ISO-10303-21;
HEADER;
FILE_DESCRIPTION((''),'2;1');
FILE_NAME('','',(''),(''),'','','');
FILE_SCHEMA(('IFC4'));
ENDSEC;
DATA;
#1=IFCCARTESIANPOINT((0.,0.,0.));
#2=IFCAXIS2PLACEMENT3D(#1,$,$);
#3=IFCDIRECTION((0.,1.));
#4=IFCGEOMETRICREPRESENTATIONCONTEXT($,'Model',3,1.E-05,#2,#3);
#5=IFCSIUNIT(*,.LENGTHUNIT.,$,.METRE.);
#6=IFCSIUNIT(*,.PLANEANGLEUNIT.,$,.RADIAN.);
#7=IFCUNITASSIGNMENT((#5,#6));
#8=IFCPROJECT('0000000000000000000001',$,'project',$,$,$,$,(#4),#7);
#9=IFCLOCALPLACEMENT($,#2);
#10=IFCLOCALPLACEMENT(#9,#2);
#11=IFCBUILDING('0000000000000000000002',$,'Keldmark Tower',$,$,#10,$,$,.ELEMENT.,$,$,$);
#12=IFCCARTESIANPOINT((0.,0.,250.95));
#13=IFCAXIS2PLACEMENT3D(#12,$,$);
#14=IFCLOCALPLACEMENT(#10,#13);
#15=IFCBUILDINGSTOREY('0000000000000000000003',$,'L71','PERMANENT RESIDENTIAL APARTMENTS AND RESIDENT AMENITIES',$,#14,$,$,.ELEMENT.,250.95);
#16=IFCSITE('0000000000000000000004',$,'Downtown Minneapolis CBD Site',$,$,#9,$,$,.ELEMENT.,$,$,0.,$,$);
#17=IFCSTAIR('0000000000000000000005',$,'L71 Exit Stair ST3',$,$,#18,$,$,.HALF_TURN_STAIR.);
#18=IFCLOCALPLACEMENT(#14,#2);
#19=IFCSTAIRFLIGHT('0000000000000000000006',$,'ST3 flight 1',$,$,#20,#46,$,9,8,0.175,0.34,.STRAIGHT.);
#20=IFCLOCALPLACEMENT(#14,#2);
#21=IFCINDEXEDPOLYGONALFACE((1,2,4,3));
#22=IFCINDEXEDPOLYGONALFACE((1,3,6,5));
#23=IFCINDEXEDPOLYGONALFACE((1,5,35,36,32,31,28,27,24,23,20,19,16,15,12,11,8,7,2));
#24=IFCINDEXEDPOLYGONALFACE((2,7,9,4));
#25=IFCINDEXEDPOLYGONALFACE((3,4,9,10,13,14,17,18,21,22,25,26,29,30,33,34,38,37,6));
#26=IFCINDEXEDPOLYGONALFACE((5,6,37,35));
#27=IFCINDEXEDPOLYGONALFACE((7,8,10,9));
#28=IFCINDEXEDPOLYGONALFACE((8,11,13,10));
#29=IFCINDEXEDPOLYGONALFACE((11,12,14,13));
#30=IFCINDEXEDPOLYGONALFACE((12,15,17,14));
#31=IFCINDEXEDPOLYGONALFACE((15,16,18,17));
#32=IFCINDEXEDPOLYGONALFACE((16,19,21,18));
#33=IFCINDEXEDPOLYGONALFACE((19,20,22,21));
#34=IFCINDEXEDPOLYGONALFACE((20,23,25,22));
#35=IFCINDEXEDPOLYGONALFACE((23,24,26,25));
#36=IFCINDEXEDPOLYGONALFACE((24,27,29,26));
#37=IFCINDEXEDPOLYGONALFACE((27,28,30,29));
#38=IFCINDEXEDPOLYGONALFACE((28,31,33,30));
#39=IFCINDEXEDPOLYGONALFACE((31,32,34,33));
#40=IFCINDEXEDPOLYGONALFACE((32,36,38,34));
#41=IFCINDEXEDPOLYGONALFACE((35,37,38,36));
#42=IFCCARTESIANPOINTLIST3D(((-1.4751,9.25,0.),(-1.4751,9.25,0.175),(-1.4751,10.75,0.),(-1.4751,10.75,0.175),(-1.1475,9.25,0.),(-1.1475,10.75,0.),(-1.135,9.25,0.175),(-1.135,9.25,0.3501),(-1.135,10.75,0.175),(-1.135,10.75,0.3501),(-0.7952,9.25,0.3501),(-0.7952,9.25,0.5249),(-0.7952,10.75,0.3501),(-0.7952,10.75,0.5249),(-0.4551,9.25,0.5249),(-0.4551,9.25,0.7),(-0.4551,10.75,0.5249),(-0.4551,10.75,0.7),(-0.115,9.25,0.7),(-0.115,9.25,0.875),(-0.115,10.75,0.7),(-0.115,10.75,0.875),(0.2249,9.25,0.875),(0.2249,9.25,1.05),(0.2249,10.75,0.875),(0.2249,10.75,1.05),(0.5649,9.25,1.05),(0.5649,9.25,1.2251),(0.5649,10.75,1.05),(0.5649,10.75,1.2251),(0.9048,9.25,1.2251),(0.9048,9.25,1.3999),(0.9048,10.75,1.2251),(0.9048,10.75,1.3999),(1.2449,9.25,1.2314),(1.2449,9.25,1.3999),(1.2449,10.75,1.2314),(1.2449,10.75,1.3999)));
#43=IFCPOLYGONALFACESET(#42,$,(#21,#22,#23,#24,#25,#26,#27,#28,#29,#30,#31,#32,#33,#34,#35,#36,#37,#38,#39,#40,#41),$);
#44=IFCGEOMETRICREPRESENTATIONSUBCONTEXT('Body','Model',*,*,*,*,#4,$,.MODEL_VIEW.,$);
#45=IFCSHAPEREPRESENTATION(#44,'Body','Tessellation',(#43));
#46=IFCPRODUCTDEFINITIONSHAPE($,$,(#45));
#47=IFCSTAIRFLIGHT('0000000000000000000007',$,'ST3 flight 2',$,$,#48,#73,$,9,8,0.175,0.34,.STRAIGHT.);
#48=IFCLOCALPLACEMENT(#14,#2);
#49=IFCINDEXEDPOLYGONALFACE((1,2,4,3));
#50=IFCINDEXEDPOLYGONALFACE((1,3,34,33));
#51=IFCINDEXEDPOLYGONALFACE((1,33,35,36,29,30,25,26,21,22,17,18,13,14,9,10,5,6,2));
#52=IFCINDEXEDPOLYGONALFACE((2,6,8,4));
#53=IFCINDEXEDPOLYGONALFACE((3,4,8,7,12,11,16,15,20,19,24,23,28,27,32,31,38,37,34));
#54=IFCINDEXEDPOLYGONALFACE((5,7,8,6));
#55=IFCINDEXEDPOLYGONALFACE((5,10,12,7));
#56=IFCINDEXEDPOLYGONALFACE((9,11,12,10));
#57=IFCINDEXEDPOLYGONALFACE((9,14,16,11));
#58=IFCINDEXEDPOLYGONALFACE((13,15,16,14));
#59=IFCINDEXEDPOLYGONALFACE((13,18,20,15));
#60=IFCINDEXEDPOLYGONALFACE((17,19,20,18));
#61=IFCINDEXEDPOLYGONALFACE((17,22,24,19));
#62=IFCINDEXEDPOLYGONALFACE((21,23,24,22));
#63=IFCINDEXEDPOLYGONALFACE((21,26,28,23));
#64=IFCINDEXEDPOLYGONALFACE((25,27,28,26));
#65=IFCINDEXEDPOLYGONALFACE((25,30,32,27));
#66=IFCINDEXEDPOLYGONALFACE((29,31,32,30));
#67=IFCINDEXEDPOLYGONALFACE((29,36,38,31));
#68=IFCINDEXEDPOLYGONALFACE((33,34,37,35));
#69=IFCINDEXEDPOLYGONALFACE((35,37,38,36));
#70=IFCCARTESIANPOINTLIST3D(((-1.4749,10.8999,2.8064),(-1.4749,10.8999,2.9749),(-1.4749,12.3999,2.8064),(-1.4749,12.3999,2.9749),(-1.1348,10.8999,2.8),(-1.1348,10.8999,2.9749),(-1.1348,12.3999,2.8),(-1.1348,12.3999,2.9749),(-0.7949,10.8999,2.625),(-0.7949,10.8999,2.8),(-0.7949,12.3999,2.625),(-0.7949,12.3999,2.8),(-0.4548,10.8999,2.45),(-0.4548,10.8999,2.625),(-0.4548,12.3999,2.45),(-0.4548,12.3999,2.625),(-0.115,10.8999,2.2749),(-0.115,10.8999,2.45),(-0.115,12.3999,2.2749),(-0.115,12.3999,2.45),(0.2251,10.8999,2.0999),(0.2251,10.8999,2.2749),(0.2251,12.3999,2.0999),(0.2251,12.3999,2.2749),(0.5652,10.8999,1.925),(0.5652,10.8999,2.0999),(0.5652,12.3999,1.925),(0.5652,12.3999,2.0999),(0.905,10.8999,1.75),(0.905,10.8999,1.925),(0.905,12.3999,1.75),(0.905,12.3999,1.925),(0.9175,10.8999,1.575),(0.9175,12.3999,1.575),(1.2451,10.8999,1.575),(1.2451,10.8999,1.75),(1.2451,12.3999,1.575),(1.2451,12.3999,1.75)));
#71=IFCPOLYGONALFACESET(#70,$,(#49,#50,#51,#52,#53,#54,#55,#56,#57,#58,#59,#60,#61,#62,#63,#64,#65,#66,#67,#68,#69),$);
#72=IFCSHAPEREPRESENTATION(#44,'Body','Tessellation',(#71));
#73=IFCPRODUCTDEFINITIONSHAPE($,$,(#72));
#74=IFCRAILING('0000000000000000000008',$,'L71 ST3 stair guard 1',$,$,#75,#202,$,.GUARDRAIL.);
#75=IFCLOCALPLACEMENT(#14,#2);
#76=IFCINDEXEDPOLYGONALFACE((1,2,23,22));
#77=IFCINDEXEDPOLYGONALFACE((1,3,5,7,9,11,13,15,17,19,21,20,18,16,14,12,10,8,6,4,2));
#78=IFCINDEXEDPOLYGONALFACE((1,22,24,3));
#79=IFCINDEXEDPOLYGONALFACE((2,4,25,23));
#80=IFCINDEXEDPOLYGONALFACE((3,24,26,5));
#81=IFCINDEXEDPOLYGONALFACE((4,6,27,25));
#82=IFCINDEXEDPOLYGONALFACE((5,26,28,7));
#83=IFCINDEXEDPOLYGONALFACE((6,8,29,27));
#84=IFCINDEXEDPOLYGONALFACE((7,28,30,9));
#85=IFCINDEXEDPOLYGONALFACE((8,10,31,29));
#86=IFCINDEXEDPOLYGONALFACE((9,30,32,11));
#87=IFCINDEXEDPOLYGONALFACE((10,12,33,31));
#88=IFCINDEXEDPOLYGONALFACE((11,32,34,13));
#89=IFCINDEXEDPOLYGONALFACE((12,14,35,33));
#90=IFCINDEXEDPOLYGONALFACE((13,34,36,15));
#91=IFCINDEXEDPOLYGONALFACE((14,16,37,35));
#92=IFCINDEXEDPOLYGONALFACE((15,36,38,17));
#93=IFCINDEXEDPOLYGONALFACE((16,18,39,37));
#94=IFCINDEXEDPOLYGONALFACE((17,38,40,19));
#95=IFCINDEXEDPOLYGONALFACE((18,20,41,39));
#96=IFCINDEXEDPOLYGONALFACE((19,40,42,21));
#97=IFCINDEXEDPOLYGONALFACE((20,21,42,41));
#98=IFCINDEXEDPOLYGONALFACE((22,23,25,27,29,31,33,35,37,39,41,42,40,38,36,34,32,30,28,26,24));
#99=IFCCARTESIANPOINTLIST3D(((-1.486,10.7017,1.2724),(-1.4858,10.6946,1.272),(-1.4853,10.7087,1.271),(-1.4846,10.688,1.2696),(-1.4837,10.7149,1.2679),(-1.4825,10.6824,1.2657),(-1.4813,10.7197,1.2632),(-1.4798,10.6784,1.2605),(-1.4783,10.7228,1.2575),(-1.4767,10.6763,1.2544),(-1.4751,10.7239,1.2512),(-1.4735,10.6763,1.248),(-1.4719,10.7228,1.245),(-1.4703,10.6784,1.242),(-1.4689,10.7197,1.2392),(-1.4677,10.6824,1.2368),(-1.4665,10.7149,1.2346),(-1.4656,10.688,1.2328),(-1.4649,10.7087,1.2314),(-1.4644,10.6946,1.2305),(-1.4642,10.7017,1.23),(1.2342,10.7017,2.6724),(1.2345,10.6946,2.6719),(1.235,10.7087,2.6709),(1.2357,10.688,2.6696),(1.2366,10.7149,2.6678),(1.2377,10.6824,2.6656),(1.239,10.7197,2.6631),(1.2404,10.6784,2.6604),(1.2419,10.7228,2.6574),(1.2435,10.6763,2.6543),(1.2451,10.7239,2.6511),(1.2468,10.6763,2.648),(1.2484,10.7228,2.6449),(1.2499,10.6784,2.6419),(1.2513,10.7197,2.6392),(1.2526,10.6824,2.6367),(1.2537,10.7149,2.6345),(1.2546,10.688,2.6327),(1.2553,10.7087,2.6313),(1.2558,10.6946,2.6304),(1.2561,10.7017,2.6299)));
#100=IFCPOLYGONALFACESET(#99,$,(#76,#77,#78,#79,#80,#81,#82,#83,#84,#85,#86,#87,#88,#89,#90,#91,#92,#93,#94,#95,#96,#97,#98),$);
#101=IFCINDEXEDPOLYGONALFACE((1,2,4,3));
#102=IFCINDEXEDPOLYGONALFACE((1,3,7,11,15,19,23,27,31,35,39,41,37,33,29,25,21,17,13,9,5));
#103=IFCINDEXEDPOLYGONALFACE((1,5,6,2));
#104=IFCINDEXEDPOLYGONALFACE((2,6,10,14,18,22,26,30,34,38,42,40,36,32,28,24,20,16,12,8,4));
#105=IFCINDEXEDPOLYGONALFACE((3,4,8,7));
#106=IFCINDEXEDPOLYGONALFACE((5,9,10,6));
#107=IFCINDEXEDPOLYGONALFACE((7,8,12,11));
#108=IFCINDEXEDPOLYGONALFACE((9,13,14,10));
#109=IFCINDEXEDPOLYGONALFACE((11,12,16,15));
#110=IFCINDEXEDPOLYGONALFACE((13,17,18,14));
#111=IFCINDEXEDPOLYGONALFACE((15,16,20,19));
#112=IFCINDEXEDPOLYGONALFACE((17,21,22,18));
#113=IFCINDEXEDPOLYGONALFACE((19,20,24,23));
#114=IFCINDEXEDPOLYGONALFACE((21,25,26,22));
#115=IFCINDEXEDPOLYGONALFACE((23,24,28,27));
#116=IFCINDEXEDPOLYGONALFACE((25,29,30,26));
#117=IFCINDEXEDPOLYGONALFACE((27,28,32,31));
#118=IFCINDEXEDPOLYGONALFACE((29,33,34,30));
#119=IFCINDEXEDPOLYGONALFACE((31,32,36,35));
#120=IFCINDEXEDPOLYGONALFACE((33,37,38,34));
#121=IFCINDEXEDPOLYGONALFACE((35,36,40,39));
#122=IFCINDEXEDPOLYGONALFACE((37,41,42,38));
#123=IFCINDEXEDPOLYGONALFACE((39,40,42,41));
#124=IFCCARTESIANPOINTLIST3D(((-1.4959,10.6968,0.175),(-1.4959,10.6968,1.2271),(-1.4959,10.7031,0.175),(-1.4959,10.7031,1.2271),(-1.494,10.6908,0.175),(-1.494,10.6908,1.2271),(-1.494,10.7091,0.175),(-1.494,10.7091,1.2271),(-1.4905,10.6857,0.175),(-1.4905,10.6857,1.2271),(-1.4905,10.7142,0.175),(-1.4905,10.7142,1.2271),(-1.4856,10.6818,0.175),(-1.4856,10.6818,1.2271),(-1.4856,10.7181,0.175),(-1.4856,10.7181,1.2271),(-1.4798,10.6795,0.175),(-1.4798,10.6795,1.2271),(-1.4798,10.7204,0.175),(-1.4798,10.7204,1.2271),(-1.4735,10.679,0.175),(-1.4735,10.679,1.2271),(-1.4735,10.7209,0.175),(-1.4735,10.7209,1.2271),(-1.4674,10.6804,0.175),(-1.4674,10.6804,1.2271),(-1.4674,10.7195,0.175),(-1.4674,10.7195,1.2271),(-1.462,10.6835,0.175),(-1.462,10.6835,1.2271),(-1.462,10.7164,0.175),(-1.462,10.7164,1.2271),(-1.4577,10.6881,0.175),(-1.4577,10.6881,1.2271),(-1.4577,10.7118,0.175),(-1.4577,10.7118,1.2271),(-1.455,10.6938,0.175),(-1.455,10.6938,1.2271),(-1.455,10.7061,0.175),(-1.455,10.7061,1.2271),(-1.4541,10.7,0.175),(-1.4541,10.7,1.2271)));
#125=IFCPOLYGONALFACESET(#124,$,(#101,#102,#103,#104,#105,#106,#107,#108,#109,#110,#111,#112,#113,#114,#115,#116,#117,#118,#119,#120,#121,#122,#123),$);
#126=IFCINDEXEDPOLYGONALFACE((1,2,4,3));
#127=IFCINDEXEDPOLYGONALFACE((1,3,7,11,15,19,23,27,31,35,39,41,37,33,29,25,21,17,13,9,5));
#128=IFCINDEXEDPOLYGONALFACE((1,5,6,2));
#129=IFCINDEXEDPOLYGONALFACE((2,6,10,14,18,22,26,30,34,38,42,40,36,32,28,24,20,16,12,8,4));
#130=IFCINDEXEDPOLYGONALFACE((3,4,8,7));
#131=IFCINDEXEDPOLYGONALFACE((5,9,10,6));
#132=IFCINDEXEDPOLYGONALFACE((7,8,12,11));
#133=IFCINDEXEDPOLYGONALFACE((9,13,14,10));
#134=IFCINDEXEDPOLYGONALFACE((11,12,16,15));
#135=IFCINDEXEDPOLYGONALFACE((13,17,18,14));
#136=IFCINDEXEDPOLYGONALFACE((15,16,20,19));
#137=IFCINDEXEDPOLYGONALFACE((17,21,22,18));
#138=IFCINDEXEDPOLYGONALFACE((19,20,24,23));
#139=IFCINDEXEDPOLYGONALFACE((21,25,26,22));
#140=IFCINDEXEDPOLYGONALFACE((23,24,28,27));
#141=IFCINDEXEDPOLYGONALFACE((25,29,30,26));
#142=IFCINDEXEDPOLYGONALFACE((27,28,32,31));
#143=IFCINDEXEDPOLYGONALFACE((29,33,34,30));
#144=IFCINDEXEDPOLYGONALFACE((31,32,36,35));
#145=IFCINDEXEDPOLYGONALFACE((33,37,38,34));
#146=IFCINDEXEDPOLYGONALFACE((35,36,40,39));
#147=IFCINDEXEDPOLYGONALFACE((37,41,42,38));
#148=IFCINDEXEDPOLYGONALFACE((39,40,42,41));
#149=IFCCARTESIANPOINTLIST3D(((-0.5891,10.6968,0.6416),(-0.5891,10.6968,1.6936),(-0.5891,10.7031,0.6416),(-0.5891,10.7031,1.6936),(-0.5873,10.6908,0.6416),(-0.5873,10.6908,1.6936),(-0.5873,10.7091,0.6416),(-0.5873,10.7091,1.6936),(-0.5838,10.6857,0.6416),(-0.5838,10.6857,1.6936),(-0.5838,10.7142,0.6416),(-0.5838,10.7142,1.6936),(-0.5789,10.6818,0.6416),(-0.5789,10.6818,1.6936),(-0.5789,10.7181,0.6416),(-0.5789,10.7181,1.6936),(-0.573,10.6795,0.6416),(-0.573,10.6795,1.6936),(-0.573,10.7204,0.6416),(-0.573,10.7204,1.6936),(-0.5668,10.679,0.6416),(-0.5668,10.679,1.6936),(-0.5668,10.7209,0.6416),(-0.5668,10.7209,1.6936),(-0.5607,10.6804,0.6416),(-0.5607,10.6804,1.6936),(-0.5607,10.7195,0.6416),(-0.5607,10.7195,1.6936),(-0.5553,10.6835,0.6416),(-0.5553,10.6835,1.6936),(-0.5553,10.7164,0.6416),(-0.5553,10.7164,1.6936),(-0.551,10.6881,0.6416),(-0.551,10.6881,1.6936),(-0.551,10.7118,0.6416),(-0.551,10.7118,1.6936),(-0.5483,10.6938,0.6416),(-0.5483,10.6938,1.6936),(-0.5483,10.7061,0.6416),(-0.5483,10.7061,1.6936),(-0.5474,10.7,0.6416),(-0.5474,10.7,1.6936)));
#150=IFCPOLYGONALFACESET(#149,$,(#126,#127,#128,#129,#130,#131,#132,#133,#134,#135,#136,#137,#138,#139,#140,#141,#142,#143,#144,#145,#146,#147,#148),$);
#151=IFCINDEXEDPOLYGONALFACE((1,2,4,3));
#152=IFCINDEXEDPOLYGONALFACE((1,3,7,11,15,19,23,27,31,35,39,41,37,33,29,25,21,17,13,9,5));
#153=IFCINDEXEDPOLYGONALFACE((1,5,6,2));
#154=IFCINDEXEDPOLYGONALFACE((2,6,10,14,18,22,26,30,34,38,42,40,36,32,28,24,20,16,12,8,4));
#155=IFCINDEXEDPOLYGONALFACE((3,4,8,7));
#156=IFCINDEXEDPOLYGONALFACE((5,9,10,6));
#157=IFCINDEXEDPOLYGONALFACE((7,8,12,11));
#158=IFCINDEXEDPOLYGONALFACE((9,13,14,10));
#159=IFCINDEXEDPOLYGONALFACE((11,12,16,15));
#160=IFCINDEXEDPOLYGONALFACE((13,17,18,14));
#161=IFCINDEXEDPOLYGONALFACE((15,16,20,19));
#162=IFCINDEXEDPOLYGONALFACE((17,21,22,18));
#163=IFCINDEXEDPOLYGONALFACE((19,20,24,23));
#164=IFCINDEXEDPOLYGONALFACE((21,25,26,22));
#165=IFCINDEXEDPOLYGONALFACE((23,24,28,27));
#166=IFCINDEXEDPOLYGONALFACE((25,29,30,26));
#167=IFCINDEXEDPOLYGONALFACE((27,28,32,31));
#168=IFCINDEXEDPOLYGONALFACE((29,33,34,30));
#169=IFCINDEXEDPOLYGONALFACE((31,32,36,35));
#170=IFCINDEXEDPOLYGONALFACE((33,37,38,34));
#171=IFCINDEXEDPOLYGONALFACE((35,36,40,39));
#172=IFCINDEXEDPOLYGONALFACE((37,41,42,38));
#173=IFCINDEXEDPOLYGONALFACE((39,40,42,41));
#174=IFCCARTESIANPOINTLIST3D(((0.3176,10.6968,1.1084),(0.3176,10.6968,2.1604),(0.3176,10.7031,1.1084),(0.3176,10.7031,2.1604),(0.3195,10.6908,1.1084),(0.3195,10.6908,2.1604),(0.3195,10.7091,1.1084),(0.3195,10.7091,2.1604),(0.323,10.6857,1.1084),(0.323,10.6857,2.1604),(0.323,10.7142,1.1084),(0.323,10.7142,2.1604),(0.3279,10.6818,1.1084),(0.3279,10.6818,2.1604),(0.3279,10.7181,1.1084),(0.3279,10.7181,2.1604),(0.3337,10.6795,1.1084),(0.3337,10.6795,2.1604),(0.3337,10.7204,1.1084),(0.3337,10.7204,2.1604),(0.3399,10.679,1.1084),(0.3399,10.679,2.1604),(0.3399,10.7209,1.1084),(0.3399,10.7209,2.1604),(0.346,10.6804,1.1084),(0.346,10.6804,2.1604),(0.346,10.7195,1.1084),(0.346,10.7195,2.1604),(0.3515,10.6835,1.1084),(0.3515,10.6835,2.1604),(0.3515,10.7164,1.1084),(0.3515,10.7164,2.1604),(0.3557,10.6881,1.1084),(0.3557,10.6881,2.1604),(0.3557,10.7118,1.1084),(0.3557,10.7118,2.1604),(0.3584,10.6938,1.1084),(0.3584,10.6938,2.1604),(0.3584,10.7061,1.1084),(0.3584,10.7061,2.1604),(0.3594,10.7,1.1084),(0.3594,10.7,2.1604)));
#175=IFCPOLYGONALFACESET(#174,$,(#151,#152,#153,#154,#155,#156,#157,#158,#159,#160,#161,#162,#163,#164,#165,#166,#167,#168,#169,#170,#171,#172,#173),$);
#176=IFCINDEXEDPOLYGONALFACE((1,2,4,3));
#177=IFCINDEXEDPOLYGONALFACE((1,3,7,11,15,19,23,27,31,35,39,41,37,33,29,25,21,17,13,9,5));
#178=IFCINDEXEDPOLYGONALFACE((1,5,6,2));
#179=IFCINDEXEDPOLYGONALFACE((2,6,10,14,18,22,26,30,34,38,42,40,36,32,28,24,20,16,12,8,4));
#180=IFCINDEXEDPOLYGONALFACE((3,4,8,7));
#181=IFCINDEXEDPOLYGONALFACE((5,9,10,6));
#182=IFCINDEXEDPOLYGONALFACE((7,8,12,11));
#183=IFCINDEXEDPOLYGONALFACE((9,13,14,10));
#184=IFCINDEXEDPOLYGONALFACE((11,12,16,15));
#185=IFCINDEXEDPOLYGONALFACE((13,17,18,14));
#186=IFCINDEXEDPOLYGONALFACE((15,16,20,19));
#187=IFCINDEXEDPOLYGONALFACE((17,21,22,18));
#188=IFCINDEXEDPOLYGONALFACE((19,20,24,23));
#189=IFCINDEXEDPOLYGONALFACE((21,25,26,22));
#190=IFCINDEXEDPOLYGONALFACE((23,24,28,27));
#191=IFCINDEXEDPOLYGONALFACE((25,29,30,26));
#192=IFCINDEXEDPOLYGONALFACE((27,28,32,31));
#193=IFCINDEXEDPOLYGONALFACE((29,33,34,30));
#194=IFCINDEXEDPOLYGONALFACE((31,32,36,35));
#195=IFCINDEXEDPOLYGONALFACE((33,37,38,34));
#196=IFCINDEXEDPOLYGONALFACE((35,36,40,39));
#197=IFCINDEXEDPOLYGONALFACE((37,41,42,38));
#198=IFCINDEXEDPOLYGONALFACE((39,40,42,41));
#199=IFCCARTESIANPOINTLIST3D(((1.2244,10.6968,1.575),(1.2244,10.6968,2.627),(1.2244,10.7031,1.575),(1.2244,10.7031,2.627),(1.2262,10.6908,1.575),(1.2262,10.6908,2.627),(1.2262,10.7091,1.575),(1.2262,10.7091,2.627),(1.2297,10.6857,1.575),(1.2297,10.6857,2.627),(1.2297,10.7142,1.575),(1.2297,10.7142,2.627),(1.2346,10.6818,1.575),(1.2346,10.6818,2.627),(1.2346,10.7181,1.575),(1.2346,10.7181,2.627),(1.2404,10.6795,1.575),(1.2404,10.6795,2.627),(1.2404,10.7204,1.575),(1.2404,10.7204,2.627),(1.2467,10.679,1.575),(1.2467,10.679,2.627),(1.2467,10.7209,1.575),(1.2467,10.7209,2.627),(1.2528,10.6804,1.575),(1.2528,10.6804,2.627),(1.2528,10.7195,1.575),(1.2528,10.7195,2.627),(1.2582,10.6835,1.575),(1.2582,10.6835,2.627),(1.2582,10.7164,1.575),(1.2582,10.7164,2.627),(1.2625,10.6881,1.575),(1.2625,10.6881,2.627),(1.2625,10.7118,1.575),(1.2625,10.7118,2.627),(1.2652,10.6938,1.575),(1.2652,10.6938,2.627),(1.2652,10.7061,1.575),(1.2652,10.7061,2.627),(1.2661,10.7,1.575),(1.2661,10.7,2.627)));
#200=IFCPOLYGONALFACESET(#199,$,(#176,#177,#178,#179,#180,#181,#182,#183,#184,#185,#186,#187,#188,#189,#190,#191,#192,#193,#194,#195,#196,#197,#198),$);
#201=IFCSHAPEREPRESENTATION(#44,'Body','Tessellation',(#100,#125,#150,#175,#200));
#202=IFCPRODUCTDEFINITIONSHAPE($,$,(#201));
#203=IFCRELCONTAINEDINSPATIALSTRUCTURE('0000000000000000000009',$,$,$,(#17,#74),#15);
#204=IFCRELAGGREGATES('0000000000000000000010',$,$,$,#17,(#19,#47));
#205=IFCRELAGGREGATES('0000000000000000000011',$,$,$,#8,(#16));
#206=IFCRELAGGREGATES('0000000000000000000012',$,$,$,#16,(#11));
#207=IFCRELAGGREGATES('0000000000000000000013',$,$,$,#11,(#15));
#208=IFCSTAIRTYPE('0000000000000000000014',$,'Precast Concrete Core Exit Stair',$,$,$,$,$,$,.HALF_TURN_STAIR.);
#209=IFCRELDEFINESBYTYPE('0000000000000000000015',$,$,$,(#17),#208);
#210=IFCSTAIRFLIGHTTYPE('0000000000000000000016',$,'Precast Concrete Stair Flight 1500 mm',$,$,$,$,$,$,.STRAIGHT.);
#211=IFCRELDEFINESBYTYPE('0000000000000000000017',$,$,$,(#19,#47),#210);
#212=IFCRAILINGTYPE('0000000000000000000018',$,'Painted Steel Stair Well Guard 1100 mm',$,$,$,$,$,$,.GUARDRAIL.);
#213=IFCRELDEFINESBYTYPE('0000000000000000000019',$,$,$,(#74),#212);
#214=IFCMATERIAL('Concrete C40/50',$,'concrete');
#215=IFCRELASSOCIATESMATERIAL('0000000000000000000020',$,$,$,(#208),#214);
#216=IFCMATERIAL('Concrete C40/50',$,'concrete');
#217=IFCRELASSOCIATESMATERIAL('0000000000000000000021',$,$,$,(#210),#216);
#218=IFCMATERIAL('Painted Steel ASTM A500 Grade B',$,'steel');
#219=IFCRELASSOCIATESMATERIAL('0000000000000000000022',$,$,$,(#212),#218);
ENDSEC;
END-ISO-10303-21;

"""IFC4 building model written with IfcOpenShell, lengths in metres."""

from ifc_helpers import new_model, si_unit, direction, frame, origin, origin_2d, place, context, subcontext, project, spatial, polyline, circle, outline, extrude, material, type_object, element, aggregate, save


model = new_model("IFC4")

# Units and contexts
model_context = context("Model", 3, precision=1e-05, world=origin(), true_north=direction((0.0, 1.0)))
body_context = subcontext(model_context, "Body", "Model", "MODEL_VIEW")
ifc_project = project(units=[si_unit("LENGTHUNIT", "METRE"), si_unit("PLANEANGLEUNIT", "RADIAN")], contexts=[model_context])

# Site, building, storey
site_placement = place(None, origin())
site = spatial("IfcSite", under=ifc_project, at=site_placement, Name="Downtown Minneapolis CBD Site", CompositionType="ELEMENT", RefElevation=0.0)
building_placement = place(site_placement, origin())
building = spatial("IfcBuilding", under=site, at=building_placement, Name="Keldmark Tower", CompositionType="ELEMENT")
storey_placement = place(building_placement, frame((0.0, 0.0, 250.95)))
storey = spatial("IfcBuildingStorey", under=building, at=storey_placement, Name="L71", Description="PERMANENT RESIDENTIAL APARTMENTS AND RESIDENT AMENITIES", CompositionType="ELEMENT", Elevation=250.95)

# Stair, stair flights
ifc_material_1 = material(Name="Concrete C40/50", Category="concrete")
stair_type = type_object("IfcStairType", Name="Precast Concrete Core Exit Stair", PredefinedType="HALF_TURN_STAIR", material=ifc_material_1)
stair_placement = place(storey_placement, origin())
stair = element("IfcStair", 1, at=stair_placement, inside=storey, type_object=stair_type, Name="L71 Exit Stair ST3", PredefinedType="HALF_TURN_STAIR")
ifc_material_2 = material(Name="Concrete C40/50", Category="concrete")
stair_flight_type = type_object("IfcStairFlightType", Name="Precast Concrete Stair Flight 1500 mm", PredefinedType="STRAIGHT", material=ifc_material_2)
stair_flight_1_placement = place(storey_placement, frame((-1.4751, 10.0, 0.0), z_axis=(0.0, 0.0, 1.0), x_axis=(1.0, 0.0, 0.0)))
stair_flight_1 = element("IfcStairFlight", 2, at=stair_flight_1_placement, type_object=stair_flight_type, Name="ST3 flight 1", NumberOfRisers=9, NumberOfTreads=8, PredefinedType="STRAIGHT", RiserHeight=0.175, TreadLength=0.34, context=body_context, shape_type="SweptSolid", body=[
    extrude(outline(polyline([(0.0, 0.0), (0.0, 0.175), (0.3401, 0.175), (0.3401, 0.3501), (0.6799, 0.3501), (0.6799, 0.5249), (1.02, 0.5249), (1.02, 0.7), (1.3601, 0.7), (1.3601, 0.875), (1.7, 0.875), (1.7, 1.05), (2.04, 1.05), (2.04, 1.2251), (2.3799, 1.2251), (2.3799, 1.3999), (2.72, 1.3999), (2.72, 1.575), (2.72, 1.2314), (0.3276, 0.0), (0.0, 0.0)])), frame((0.0, 0.75, 0.0), z_axis=(0.0, -1.0, 0.0), x_axis=(1.0, 0.0, 0.0)), (0.0, 0.0, 1.0), 1.5),
])
stair_flight_2_placement = place(storey_placement, frame((1.2451, 11.6499, 1.575), z_axis=(0.0, 0.0, 1.0), x_axis=(-1.0, 0.0, 0.0)))
stair_flight_2 = element("IfcStairFlight", 3, at=stair_flight_2_placement, type_object=stair_flight_type, Name="ST3 flight 2", NumberOfRisers=9, NumberOfTreads=8, PredefinedType="STRAIGHT", RiserHeight=0.175, TreadLength=0.34, context=body_context, shape_type="SweptSolid", body=[
    extrude(outline(polyline([(0.0, 0.0), (0.0, 0.175), (0.3401, 0.175), (0.3401, 0.3501), (0.6799, 0.3501), (0.6799, 0.5249), (1.02, 0.5249), (1.02, 0.7), (1.3601, 0.7), (1.3601, 0.875), (1.7, 0.875), (1.7, 1.05), (2.04, 1.05), (2.04, 1.2251), (2.3799, 1.2251), (2.3799, 1.3999), (2.72, 1.3999), (2.72, 1.575), (2.72, 1.2314), (0.3276, 0.0), (0.0, 0.0)])), frame((0.0, 0.75, 0.0), z_axis=(0.0, -1.0, 0.0), x_axis=(1.0, 0.0, 0.0)), (0.0, 0.0, 1.0), 1.5),
])
aggregate(stair, [stair_flight_1, stair_flight_2])

# Railing
ifc_material_3 = material(Name="Painted Steel ASTM A500 Grade B", Category="steel")
railing_type_1 = type_object("IfcRailingType", Name="Painted Steel Stair Well Guard 1100 mm", PredefinedType="GUARDRAIL", material=ifc_material_3)
railing_1_placement = place(storey_placement, frame((-1.4751, 10.7, 0.175)))
element("IfcRailing", 4, at=railing_1_placement, inside=storey, type_object=railing_type_1, Name="L71 ST3 stair guard 1", PredefinedType="GUARDRAIL", context=body_context, shape_type="SweptSolid", body=[
    extrude(circle(Radius=0.0239, at=origin_2d()), frame((0.0, 0.0, 1.0762), z_axis=(0.889164, 0.0, 0.45759), x_axis=(0.0, 1.0, 0.0)), (0.0, 0.0, 1.0), 3.0593),
    extrude(circle(Radius=0.021, at=origin_2d()), origin(), (0.0, 0.0, 1.0), 1.052),
    extrude(circle(Radius=0.021, at=origin_2d()), frame((0.9067, 0.0, 0.4666)), (0.0, 0.0, 1.0), 1.052),
    extrude(circle(Radius=0.021, at=origin_2d()), frame((1.8135, 0.0, 0.9333)), (0.0, 0.0, 1.0), 1.052),
    extrude(circle(Radius=0.021, at=origin_2d()), frame((2.7202, 0.0, 1.3999)), (0.0, 0.0, 1.0), 1.052),
])

save(model, "model.ifc")
